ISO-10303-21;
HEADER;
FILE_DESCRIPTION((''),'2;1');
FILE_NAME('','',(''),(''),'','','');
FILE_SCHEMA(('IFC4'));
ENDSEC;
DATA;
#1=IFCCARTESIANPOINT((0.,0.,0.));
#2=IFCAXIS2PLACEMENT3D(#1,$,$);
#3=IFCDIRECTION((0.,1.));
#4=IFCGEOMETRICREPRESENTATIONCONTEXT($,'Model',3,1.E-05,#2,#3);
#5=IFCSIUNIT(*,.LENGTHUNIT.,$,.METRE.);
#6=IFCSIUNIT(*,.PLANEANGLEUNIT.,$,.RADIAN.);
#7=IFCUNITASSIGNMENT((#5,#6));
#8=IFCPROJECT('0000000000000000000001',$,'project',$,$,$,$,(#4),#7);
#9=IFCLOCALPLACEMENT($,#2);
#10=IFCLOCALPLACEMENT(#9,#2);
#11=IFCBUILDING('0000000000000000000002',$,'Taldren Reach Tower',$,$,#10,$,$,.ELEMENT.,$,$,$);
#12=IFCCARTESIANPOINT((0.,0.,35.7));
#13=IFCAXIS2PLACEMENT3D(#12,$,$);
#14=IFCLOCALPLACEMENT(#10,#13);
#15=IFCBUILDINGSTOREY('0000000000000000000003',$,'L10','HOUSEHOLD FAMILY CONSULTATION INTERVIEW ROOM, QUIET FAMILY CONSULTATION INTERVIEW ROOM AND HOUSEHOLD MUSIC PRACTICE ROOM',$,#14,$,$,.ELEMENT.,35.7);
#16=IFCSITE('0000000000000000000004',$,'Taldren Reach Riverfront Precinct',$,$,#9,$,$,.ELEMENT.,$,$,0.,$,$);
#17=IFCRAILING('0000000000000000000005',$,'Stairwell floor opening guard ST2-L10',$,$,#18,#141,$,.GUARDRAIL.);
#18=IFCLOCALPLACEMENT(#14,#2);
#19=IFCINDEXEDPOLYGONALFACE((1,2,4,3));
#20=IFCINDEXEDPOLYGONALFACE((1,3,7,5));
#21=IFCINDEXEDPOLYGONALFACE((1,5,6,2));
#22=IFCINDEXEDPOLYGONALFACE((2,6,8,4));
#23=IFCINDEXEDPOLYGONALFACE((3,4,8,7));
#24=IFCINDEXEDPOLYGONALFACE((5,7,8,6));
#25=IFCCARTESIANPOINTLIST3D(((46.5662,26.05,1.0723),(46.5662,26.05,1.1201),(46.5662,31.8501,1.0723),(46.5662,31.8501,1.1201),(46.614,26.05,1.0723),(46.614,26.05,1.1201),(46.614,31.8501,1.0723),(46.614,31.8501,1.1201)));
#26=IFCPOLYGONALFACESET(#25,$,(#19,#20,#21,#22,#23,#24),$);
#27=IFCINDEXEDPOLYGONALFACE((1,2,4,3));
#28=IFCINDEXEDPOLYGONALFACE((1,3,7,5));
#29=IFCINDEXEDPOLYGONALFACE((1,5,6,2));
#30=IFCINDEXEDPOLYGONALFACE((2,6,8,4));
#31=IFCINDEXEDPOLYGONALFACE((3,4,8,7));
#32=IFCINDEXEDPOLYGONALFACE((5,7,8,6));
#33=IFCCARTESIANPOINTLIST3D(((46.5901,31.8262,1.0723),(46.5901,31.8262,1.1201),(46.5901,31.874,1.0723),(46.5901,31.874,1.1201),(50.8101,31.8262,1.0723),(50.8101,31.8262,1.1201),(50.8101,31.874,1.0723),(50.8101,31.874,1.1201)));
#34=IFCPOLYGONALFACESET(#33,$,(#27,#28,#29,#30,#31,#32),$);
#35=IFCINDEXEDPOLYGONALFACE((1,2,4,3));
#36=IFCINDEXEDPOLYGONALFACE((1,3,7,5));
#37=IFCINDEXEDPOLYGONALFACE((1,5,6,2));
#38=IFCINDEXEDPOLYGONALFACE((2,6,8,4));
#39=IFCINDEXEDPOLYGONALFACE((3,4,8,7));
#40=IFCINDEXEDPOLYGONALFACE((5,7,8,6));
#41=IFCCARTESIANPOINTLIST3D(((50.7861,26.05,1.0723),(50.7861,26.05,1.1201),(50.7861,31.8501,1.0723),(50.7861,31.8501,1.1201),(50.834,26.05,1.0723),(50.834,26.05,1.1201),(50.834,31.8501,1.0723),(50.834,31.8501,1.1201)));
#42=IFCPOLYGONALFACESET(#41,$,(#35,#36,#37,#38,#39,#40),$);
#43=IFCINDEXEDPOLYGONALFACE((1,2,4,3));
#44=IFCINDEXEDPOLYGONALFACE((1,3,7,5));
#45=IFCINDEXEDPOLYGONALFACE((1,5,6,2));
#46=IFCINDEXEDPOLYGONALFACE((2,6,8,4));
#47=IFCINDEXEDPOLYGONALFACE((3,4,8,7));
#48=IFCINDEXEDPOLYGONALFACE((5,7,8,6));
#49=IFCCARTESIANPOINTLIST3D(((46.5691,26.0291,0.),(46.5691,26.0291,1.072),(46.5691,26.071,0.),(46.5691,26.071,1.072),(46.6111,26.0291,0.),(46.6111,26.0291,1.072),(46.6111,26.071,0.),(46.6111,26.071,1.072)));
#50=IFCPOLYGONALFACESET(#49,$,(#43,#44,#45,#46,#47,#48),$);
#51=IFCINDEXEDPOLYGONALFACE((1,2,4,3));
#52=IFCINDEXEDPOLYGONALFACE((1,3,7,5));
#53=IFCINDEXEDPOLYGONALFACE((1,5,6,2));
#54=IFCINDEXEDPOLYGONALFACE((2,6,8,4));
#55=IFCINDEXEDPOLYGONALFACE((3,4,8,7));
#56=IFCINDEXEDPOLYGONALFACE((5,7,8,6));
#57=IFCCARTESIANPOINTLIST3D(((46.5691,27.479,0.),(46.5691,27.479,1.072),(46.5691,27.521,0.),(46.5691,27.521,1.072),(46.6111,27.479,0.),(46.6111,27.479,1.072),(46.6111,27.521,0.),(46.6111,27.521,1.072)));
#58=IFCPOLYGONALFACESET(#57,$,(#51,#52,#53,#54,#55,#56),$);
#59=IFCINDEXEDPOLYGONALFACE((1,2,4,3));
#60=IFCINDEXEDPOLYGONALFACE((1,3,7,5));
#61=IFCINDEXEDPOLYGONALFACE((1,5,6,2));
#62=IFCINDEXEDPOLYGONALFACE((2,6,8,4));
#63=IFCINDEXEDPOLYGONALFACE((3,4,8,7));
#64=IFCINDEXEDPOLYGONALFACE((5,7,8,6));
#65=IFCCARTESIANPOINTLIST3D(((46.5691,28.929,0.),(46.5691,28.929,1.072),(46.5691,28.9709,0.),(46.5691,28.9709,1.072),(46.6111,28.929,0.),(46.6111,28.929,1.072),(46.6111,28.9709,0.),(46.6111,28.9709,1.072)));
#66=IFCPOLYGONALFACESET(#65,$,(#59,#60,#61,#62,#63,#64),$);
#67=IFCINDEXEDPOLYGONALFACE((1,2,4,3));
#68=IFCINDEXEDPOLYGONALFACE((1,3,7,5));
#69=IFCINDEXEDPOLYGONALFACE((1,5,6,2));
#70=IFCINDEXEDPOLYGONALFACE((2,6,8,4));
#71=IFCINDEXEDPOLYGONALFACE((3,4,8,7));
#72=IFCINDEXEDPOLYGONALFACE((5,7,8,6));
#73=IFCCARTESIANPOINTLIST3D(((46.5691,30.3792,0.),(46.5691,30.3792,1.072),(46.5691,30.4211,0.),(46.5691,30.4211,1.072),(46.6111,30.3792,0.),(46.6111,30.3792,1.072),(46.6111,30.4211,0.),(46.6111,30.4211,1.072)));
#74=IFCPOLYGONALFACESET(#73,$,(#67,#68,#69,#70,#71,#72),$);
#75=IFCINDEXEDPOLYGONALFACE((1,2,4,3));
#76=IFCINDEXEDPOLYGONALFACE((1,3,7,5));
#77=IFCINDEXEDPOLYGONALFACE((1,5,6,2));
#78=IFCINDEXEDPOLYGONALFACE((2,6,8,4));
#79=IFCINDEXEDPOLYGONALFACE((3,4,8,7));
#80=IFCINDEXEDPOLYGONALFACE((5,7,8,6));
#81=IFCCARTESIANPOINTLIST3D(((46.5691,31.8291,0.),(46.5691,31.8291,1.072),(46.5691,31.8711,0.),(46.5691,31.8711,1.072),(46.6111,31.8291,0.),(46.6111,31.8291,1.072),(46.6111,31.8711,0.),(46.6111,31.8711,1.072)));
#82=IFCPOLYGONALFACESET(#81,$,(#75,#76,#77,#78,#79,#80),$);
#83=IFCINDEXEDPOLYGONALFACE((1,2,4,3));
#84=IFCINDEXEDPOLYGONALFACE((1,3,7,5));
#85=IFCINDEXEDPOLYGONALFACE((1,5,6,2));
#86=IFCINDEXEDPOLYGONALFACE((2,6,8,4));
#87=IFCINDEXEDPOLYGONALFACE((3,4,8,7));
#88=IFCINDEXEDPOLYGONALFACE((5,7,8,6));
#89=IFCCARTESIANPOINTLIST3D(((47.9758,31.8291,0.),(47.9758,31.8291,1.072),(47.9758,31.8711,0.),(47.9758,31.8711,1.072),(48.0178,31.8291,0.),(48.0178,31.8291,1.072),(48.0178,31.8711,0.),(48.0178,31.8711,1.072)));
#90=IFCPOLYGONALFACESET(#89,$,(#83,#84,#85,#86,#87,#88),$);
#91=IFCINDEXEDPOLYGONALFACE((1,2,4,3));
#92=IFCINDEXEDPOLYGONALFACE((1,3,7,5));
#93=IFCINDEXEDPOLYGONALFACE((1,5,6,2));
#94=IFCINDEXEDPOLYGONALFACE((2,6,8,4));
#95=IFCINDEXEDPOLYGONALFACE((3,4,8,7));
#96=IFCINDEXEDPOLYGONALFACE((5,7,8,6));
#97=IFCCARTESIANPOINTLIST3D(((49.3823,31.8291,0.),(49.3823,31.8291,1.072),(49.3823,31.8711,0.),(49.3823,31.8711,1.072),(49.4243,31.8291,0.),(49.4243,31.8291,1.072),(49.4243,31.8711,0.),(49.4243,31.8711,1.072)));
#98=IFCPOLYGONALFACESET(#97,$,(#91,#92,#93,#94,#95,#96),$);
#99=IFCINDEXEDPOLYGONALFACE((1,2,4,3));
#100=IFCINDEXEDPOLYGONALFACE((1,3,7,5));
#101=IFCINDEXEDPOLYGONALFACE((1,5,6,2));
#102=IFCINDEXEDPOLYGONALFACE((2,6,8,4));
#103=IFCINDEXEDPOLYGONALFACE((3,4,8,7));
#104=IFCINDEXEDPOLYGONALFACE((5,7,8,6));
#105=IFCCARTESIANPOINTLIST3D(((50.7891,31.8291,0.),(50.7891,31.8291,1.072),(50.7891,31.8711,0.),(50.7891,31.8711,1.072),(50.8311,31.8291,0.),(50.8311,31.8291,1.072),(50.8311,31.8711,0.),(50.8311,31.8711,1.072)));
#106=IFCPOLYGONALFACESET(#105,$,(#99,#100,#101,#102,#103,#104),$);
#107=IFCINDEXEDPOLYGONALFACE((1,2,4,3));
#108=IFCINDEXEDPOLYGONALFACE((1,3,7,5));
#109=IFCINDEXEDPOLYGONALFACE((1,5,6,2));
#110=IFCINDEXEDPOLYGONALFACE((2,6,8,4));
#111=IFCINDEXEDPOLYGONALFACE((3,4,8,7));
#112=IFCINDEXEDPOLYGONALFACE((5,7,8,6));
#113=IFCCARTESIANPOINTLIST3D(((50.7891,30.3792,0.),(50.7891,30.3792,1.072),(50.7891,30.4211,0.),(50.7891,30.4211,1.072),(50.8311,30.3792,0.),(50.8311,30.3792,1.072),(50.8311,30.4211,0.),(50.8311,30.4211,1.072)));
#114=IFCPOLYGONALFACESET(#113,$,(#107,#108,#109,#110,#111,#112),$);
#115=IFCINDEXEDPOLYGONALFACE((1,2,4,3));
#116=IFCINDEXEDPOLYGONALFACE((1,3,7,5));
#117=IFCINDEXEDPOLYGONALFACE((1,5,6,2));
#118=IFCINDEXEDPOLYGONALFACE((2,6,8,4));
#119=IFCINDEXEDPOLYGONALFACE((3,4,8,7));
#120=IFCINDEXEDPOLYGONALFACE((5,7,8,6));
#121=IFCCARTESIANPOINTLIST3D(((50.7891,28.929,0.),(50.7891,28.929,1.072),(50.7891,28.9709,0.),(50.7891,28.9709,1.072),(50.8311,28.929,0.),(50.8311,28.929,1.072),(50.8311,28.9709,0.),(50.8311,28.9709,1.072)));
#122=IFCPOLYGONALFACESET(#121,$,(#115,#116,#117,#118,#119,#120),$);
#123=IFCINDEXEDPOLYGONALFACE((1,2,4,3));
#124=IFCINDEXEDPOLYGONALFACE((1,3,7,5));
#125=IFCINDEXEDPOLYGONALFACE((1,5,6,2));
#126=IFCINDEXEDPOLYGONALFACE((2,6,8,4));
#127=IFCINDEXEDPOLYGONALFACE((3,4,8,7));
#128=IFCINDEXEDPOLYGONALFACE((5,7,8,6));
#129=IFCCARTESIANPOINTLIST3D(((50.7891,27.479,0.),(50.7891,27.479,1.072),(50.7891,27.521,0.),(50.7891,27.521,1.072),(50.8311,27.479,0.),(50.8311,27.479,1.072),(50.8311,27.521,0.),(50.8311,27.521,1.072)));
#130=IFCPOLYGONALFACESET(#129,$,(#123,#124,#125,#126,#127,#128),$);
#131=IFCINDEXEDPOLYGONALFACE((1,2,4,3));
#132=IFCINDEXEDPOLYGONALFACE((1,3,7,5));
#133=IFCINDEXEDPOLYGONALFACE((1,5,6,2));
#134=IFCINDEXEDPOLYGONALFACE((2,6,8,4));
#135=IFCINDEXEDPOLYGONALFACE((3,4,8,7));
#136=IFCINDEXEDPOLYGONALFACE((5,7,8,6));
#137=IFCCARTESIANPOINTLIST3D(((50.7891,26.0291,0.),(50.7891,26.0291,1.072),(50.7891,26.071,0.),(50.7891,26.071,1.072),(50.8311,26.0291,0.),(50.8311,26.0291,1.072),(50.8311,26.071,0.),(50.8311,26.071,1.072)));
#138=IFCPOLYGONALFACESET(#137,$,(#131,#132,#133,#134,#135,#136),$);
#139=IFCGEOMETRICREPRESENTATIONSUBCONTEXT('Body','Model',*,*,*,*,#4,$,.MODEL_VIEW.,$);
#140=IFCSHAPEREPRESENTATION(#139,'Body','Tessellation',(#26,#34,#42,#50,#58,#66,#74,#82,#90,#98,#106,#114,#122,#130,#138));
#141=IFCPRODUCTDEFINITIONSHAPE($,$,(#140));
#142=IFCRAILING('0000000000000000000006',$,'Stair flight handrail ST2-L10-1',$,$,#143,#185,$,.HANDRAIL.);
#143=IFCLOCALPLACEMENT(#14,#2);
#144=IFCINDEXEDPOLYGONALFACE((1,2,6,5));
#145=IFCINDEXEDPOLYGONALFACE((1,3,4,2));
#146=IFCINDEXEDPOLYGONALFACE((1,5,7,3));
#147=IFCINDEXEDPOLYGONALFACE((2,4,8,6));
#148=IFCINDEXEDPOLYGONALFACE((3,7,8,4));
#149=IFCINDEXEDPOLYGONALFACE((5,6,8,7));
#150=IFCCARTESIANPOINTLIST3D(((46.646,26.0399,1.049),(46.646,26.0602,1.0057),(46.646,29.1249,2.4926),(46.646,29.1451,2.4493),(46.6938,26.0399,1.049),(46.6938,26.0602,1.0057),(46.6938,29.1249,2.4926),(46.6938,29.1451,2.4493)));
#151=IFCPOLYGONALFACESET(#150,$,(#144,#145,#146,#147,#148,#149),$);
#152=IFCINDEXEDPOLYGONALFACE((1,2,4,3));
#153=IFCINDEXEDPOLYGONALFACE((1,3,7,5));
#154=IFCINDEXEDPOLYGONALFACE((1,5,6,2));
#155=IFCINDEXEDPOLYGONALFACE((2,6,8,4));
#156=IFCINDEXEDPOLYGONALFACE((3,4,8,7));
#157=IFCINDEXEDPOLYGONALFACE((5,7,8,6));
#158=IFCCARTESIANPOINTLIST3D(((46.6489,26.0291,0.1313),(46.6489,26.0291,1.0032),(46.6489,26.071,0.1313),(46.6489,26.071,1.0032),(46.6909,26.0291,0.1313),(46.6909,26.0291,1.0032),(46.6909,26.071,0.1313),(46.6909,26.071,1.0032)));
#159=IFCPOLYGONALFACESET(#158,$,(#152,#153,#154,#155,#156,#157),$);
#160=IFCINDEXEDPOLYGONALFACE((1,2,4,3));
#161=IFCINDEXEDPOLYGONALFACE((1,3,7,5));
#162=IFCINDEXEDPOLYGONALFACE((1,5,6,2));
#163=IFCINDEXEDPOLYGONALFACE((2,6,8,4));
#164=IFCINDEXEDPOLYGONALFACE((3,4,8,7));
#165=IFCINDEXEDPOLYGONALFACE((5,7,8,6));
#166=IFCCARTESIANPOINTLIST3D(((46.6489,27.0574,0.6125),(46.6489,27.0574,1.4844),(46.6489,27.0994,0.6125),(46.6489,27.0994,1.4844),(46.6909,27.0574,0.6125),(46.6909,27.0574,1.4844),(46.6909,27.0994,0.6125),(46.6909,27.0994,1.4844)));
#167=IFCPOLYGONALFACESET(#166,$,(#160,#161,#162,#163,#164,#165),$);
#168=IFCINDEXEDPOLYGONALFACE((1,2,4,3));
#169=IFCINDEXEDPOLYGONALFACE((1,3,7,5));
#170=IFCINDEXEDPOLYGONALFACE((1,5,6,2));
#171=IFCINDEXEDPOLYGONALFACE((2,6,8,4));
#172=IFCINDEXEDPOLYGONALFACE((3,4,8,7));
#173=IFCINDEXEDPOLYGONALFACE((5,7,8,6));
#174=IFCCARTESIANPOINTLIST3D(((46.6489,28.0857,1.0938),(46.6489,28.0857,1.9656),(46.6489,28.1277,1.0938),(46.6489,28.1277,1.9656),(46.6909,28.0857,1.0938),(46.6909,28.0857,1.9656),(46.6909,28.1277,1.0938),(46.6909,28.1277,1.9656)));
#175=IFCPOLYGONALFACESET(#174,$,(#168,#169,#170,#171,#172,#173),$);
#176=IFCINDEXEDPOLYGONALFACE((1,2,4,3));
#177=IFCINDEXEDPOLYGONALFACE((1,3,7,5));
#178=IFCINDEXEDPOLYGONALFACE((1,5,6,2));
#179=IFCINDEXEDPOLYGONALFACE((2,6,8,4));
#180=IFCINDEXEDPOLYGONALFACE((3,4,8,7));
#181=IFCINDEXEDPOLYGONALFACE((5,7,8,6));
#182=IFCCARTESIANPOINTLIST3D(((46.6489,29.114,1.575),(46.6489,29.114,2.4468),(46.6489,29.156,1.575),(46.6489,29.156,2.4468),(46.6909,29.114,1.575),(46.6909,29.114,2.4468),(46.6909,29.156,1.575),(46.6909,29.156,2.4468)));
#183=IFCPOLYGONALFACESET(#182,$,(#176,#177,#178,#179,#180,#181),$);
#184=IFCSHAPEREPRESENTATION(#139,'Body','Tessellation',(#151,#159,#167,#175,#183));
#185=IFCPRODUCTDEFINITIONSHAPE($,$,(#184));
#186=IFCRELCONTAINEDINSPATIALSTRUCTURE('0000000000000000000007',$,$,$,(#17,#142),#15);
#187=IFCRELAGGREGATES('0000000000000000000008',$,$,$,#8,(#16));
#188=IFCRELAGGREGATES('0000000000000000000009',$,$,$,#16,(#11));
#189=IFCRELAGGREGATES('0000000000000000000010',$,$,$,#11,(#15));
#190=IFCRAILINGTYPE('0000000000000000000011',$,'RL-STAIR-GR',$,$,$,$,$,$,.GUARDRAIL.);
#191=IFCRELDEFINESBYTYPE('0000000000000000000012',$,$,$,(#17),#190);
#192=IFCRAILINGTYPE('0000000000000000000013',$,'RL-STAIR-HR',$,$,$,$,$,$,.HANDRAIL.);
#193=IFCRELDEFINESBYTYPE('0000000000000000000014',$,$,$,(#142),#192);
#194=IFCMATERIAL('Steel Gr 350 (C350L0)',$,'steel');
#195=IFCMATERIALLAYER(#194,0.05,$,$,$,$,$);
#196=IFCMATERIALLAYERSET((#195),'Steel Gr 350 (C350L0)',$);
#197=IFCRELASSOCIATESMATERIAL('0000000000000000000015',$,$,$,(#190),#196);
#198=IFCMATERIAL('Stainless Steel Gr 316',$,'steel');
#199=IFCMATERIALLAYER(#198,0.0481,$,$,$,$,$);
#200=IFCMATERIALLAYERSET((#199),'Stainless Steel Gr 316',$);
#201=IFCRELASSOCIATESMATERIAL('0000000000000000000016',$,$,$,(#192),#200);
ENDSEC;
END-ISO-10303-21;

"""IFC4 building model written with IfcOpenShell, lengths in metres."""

from ifc_helpers import new_model, si_unit, direction, frame, origin, origin_2d, place, context, subcontext, project, spatial, rectangle, extrude, material, layer, layer_set, type_object, element, save


model = new_model("IFC4")

# Units and contexts
model_context = context("Model", 3, precision=1e-05, world=origin(), true_north=direction((0.0, 1.0)))
body_context = subcontext(model_context, "Body", "Model", "MODEL_VIEW")
ifc_project = project(units=[si_unit("LENGTHUNIT", "METRE"), si_unit("PLANEANGLEUNIT", "RADIAN")], contexts=[model_context])

# Site, building, storey
site_placement = place(None, origin())
site = spatial("IfcSite", under=ifc_project, at=site_placement, Name="Taldren Reach Riverfront Precinct", CompositionType="ELEMENT", RefElevation=0.0)
building_placement = place(site_placement, origin())
building = spatial("IfcBuilding", under=site, at=building_placement, Name="Taldren Reach Tower", CompositionType="ELEMENT")
storey_placement = place(building_placement, frame((0.0, 0.0, 35.7)))
storey = spatial("IfcBuildingStorey", under=building, at=storey_placement, Name="L10", Description="HOUSEHOLD FAMILY CONSULTATION INTERVIEW ROOM, QUIET FAMILY CONSULTATION INTERVIEW ROOM AND HOUSEHOLD MUSIC PRACTICE ROOM", CompositionType="ELEMENT", Elevation=35.7)

# Shared definitions
ifc_material_1 = material(Name="Steel Gr 350 (C350L0)", Category="steel")

# Railings
ifc_layer_1 = layer(ifc_material_1, 0.05)
ifc_layer_set_1 = layer_set([ifc_layer_1], Name="Steel Gr 350 (C350L0)")
railing_type_1 = type_object("IfcRailingType", Name="RL-STAIR-GR", PredefinedType="GUARDRAIL", material=ifc_layer_set_1)
railing_1_placement = place(storey_placement, frame((46.5901, 26.05, 0.0)))
element("IfcRailing", 1, at=railing_1_placement, inside=storey, type_object=railing_type_1, Name="Stairwell floor opening guard ST2-L10", PredefinedType="GUARDRAIL", context=body_context, shape_type="SweptSolid", body=[
    extrude(rectangle(XDim=0.0479, YDim=0.0479, at=origin_2d()), frame((0.0, 0.0, 1.0962), z_axis=(0.0, 1.0, 0.0), x_axis=(-1.0, 0.0, 0.0)), (0.0, 0.0, 1.0), 5.8),
    extrude(rectangle(XDim=0.0479, YDim=0.0479, at=origin_2d()), frame((0.0, 5.8, 1.0962), z_axis=(1.0, 0.0, 0.0), x_axis=(0.0, 1.0, 0.0)), (0.0, 0.0, 1.0), 4.22),
    extrude(rectangle(XDim=0.0479, YDim=0.0479, at=origin_2d()), frame((4.22, 5.8, 1.0962), z_axis=(0.0, -1.0, 0.0), x_axis=(1.0, 0.0, 0.0)), (0.0, 0.0, 1.0), 5.8),
    extrude(rectangle(XDim=0.042, YDim=0.042, at=origin_2d()), origin(), (0.0, 0.0, 1.0), 1.072),
    extrude(rectangle(XDim=0.042, YDim=0.042, at=origin_2d()), frame((0.0, 1.45, 0.0)), (0.0, 0.0, 1.0), 1.072),
    extrude(rectangle(XDim=0.042, YDim=0.042, at=origin_2d()), frame((0.0, 2.8999, 0.0)), (0.0, 0.0, 1.0), 1.072),
    extrude(rectangle(XDim=0.042, YDim=0.042, at=origin_2d()), frame((0.0, 4.3501, 0.0)), (0.0, 0.0, 1.0), 1.072),
    extrude(rectangle(XDim=0.042, YDim=0.042, at=origin_2d()), frame((0.0, 5.8, 0.0)), (0.0, 0.0, 1.0), 1.072),
    extrude(rectangle(XDim=0.042, YDim=0.042, at=origin_2d()), frame((1.4067, 5.8, 0.0)), (0.0, 0.0, 1.0), 1.072),
    extrude(rectangle(XDim=0.042, YDim=0.042, at=origin_2d()), frame((2.8132, 5.8, 0.0)), (0.0, 0.0, 1.0), 1.072),
    extrude(rectangle(XDim=0.042, YDim=0.042, at=origin_2d()), frame((4.22, 5.8, 0.0)), (0.0, 0.0, 1.0), 1.072),
    extrude(rectangle(XDim=0.042, YDim=0.042, at=origin_2d()), frame((4.22, 4.3501, 0.0)), (0.0, 0.0, 1.0), 1.072),
    extrude(rectangle(XDim=0.042, YDim=0.042, at=origin_2d()), frame((4.22, 2.8999, 0.0)), (0.0, 0.0, 1.0), 1.072),
    extrude(rectangle(XDim=0.042, YDim=0.042, at=origin_2d()), frame((4.22, 1.45, 0.0)), (0.0, 0.0, 1.0), 1.072),
    extrude(rectangle(XDim=0.042, YDim=0.042, at=origin_2d()), frame((4.22, 0.0, 0.0)), (0.0, 0.0, 1.0), 1.072),
])
ifc_material_2 = material(Name="Stainless Steel Gr 316", Category="steel")
ifc_layer_2 = layer(ifc_material_2, 0.0481)
ifc_layer_set_2 = layer_set([ifc_layer_2], Name="Stainless Steel Gr 316")
railing_type_2 = type_object("IfcRailingType", Name="RL-STAIR-HR", PredefinedType="HANDRAIL", material=ifc_layer_set_2)
railing_2_placement = place(storey_placement, frame((46.6699, 26.05, 0.1313)))
element("IfcRailing", 2, at=railing_2_placement, inside=storey, type_object=railing_type_2, Name="Stair flight handrail ST2-L10-1", PredefinedType="HANDRAIL", context=body_context, shape_type="SweptSolid", body=[
    extrude(rectangle(XDim=0.0479, YDim=0.0479, at=origin_2d()), frame((0.0, 0.0, 0.896), z_axis=(0.0, 0.905738, 0.423839), x_axis=(-1.0, 0.0, 0.0)), (0.0, 0.0, 1.0), 3.406),
    extrude(rectangle(XDim=0.042, YDim=0.042, at=origin_2d()), origin(), (0.0, 0.0, 1.0), 0.8718),
    extrude(rectangle(XDim=0.042, YDim=0.042, at=origin_2d()), frame((0.0, 1.0283, 0.4812)), (0.0, 0.0, 1.0), 0.8718),
    extrude(rectangle(XDim=0.042, YDim=0.042, at=origin_2d()), frame((0.0, 2.0566, 0.9624)), (0.0, 0.0, 1.0), 0.8718),
    extrude(rectangle(XDim=0.042, YDim=0.042, at=origin_2d()), frame((0.0, 3.085, 1.4436)), (0.0, 0.0, 1.0), 0.8718),
])

save(model, "model.ifc")
